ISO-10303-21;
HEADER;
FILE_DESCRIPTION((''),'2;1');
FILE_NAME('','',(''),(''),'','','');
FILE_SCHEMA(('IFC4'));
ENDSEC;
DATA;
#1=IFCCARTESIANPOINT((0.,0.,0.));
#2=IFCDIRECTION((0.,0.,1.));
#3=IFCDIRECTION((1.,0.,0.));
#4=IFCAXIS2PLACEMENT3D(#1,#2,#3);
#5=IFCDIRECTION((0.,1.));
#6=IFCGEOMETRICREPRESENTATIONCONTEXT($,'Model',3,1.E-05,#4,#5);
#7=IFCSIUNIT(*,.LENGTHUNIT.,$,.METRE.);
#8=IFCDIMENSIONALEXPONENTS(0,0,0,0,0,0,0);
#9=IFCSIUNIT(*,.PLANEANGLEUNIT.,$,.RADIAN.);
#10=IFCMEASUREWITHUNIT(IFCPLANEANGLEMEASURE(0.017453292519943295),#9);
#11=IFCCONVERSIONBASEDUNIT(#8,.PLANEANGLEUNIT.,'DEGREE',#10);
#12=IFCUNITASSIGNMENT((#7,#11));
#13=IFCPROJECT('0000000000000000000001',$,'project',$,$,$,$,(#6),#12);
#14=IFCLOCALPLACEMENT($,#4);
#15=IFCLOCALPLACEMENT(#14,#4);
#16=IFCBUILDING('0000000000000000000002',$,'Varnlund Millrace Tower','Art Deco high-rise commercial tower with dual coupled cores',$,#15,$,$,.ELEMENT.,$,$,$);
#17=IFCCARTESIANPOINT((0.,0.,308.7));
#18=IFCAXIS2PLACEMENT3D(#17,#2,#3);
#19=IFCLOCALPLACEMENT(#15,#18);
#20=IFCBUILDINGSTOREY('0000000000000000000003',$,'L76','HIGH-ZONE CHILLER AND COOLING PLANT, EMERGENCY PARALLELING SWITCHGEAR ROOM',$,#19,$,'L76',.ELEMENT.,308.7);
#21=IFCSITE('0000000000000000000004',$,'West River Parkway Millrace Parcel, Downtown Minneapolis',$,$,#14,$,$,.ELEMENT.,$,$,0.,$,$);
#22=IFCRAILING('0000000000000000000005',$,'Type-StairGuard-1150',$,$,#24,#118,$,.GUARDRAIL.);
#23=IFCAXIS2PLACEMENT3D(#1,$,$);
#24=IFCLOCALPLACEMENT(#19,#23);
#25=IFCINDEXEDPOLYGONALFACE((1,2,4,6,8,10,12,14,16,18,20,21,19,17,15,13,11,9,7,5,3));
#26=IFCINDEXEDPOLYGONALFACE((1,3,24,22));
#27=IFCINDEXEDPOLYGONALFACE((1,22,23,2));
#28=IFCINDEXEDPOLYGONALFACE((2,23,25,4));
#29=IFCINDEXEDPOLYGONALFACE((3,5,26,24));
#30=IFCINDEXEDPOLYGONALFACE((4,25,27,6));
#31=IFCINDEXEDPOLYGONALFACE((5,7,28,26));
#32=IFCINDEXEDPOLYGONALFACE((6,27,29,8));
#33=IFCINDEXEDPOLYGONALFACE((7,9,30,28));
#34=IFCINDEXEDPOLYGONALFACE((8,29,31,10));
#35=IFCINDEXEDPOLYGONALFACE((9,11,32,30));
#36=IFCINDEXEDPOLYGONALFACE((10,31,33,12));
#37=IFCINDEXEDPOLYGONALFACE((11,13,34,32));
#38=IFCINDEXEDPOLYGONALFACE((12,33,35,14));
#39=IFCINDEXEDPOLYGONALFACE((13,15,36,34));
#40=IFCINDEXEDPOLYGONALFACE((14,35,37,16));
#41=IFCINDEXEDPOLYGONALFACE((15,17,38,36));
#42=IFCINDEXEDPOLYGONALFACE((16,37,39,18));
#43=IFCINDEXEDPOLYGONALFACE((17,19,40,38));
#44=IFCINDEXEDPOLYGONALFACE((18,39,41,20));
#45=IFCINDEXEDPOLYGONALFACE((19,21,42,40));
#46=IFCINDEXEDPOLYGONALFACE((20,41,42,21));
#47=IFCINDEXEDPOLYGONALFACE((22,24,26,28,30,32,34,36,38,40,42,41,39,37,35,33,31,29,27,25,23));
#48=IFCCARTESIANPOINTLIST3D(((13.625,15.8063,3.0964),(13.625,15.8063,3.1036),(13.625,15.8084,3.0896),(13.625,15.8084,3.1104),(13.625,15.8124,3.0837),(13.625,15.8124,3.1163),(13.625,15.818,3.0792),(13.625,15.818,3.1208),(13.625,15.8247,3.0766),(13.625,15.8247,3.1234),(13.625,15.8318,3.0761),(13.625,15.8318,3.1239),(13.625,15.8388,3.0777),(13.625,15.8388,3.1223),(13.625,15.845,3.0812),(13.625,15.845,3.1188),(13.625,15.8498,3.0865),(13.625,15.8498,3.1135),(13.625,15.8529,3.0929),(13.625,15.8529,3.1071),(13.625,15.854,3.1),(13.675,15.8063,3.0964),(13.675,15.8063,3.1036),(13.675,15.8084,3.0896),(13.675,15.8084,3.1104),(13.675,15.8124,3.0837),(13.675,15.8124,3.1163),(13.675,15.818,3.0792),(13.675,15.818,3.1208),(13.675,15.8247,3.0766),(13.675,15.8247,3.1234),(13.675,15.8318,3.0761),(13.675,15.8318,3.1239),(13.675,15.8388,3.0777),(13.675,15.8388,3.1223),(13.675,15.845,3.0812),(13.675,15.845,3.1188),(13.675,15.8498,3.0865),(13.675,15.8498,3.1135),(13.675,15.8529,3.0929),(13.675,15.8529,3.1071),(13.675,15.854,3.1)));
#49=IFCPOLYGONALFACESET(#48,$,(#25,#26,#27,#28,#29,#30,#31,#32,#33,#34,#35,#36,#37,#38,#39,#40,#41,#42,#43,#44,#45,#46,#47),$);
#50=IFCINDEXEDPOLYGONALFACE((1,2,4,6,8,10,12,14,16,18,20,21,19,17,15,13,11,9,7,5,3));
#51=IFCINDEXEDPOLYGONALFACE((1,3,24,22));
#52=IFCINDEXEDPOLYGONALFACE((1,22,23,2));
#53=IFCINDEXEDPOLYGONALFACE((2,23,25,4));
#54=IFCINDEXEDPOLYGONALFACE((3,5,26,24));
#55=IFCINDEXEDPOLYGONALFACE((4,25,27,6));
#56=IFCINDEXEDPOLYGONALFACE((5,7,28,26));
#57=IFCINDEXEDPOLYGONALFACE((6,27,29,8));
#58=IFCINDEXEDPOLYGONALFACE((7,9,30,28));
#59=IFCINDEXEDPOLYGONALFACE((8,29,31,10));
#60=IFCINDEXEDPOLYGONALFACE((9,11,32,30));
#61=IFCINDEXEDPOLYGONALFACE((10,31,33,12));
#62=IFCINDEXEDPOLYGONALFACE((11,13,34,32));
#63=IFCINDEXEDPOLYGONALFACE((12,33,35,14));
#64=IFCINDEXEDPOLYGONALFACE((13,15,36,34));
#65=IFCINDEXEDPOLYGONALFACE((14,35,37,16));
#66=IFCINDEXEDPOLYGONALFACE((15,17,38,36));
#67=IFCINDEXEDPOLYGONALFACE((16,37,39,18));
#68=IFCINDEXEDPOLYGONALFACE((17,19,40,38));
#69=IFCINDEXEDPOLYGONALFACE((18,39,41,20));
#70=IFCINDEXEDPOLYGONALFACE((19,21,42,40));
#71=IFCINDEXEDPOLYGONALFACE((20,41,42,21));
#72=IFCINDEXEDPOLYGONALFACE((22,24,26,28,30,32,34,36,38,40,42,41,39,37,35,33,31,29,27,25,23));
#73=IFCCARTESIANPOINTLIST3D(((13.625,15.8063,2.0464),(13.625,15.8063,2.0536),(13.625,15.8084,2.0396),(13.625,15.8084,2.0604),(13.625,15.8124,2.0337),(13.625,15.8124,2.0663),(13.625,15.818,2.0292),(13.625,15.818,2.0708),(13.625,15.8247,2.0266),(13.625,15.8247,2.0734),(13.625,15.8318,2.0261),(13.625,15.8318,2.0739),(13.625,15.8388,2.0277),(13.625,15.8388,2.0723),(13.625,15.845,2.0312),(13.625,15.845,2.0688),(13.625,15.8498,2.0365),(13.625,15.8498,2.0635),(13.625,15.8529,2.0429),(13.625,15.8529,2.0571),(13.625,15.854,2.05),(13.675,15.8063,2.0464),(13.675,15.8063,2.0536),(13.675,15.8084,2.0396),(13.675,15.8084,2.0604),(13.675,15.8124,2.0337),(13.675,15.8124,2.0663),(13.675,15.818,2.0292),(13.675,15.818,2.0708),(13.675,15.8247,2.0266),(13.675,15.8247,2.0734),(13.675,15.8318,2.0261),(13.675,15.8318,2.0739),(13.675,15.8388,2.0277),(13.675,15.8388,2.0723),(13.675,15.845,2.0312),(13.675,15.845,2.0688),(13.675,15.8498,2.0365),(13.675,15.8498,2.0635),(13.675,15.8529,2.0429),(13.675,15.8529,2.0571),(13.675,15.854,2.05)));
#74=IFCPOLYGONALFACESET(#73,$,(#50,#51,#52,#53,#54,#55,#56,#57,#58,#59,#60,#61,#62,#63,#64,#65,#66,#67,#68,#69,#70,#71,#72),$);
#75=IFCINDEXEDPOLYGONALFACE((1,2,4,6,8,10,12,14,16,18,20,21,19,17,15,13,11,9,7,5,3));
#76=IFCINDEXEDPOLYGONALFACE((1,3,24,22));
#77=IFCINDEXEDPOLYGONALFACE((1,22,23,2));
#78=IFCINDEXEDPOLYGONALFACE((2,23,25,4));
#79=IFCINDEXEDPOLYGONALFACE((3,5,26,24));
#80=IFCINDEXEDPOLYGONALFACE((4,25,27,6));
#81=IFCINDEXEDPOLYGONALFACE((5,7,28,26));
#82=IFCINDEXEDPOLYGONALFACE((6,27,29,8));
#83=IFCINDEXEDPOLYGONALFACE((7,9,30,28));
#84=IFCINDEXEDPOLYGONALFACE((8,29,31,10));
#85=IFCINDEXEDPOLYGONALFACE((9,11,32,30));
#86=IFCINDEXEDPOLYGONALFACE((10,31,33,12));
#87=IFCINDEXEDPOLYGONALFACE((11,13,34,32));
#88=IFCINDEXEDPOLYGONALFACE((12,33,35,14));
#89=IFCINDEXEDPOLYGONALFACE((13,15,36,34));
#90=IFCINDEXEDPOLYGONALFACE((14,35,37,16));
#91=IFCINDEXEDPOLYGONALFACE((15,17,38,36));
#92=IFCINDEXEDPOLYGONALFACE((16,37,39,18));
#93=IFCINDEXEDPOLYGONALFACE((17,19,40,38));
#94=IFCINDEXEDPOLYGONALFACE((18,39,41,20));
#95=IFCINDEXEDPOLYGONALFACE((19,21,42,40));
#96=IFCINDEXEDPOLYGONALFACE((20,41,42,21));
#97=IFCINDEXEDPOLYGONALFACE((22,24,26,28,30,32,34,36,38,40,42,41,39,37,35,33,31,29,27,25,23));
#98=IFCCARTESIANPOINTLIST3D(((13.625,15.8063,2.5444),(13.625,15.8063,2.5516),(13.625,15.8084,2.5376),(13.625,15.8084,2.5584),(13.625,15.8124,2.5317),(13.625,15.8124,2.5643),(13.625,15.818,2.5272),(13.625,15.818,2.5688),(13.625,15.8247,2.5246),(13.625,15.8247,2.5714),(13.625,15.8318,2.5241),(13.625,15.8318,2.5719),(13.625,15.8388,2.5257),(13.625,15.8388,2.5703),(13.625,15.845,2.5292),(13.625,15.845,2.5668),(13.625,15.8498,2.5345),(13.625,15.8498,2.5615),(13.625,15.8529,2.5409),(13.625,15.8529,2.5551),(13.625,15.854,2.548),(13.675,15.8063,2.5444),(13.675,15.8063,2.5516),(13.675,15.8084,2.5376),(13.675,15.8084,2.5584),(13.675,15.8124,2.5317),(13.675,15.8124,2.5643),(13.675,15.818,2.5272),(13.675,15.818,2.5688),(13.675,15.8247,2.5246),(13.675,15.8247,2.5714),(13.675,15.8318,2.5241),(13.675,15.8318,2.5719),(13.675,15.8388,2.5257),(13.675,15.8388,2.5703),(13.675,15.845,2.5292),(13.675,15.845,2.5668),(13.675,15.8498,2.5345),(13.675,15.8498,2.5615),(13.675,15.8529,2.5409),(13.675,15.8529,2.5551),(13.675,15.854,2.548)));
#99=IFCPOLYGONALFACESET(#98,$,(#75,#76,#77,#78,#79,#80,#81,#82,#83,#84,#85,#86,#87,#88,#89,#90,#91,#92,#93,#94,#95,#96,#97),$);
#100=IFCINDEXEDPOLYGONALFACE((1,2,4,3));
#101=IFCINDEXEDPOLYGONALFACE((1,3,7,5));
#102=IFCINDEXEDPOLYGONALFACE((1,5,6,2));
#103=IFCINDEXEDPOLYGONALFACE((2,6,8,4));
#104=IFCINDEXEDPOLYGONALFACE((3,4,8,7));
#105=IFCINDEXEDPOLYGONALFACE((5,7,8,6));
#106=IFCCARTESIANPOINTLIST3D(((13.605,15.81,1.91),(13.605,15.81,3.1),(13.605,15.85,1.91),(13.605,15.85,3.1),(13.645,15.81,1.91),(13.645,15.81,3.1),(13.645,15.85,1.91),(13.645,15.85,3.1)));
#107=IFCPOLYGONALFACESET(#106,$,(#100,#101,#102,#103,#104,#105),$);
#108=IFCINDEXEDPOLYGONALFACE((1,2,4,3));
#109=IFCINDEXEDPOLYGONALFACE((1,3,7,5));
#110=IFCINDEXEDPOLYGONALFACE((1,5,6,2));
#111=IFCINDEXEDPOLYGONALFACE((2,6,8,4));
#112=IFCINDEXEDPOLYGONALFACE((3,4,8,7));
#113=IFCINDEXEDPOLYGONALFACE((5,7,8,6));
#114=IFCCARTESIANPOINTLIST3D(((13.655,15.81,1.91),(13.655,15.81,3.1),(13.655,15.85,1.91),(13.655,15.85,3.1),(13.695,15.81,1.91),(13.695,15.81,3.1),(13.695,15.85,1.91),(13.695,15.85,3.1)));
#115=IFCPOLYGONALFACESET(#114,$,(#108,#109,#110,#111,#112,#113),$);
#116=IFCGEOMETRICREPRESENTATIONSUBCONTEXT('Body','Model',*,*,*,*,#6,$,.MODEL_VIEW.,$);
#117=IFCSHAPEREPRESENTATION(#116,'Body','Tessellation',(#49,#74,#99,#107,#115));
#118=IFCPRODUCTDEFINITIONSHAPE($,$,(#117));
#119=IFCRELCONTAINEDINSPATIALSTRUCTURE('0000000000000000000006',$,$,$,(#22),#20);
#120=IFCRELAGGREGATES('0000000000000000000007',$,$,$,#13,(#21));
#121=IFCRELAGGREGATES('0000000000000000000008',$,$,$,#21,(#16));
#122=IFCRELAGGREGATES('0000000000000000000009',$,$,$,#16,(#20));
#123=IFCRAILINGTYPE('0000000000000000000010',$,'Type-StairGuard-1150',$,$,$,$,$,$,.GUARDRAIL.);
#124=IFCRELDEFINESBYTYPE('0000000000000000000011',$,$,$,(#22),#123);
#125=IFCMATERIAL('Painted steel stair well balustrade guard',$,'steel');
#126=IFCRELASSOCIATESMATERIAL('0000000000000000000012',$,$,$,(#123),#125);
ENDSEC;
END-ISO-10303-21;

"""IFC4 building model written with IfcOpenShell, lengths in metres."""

from ifc_helpers import new_model, entity, si_unit, converted_unit, direction, frame, origin_with_axes, origin_2d_with_axis, place, context, subcontext, project, spatial, rectangle, circle, extrude, material, type_object, element, save


model = new_model("IFC4")

# Units and contexts
model_context = context("Model", 3, precision=1e-05, world=origin_with_axes(), true_north=direction((0.0, 1.0)))
body_context = subcontext(model_context, "Body", "Model", "MODEL_VIEW")
ifc_project = project(units=[si_unit("LENGTHUNIT", "METRE"), converted_unit("PLANEANGLEUNIT", "DEGREE", entity("IfcPlaneAngleMeasure", 0.017453292519943295), si_unit("PLANEANGLEUNIT", "RADIAN"), dimensions=[0, 0, 0, 0, 0, 0, 0])], contexts=[model_context])

# Site, building, storey
site_placement = place(None, origin_with_axes())
site = spatial("IfcSite", under=ifc_project, at=site_placement, Name="West River Parkway Millrace Parcel, Downtown Minneapolis", CompositionType="ELEMENT", RefElevation=0.0)
building_placement = place(site_placement, origin_with_axes())
building = spatial("IfcBuilding", under=site, at=building_placement, Name="Varnlund Millrace Tower", Description="Art Deco high-rise commercial tower with dual coupled cores", CompositionType="ELEMENT")
storey_placement = place(building_placement, frame((0.0, 0.0, 308.7), z_axis=(0.0, 0.0, 1.0), x_axis=(1.0, 0.0, 0.0)))
storey = spatial("IfcBuildingStorey", under=building, at=storey_placement, Name="L76", Description="HIGH-ZONE CHILLER AND COOLING PLANT, EMERGENCY PARALLELING SWITCHGEAR ROOM", LongName="L76", CompositionType="ELEMENT", Elevation=308.7)

# Railing
ifc_material_1 = material(Name="Painted steel stair well balustrade guard", Category="steel")
railing_type_1 = type_object("IfcRailingType", Name="Type-StairGuard-1150", PredefinedType="GUARDRAIL", material=ifc_material_1)
railing_1_placement = place(storey_placement, frame((0.0, 0.0, -308.7), z_axis=(0.0, 0.0, 1.0), x_axis=(1.0, 0.0, 0.0)))
element("IfcRailing", 1, at=railing_1_placement, inside=storey, type_object=railing_type_1, Name="Type-StairGuard-1150", PredefinedType="GUARDRAIL", context=body_context, shape_type="SweptSolid", body=[
    extrude(circle(Radius=0.024, at=origin_2d_with_axis()), frame((13.625, 15.83, 311.8), z_axis=(1.0, 0.0, 0.0), x_axis=(0.0, 1.0, 0.0)), (0.0, 0.0, 1.0), 0.05),
    extrude(circle(Radius=0.024, at=origin_2d_with_axis()), frame((13.625, 15.83, 310.75), z_axis=(1.0, 0.0, 0.0), x_axis=(0.0, 1.0, 0.0)), (0.0, 0.0, 1.0), 0.05),
    extrude(circle(Radius=0.024, at=origin_2d_with_axis()), frame((13.625, 15.83, 311.248), z_axis=(1.0, 0.0, 0.0), x_axis=(0.0, 1.0, 0.0)), (0.0, 0.0, 1.0), 0.05),
    extrude(rectangle(XDim=0.04, YDim=0.04, at=origin_2d_with_axis()), frame((13.625, 15.83, 310.61), z_axis=(0.0, 0.0, 1.0), x_axis=(1.0, 0.0, 0.0)), (0.0, 0.0, 1.0), 1.19),
    extrude(rectangle(XDim=0.04, YDim=0.04, at=origin_2d_with_axis()), frame((13.675, 15.83, 310.61), z_axis=(0.0, 0.0, 1.0), x_axis=(1.0, 0.0, 0.0)), (0.0, 0.0, 1.0), 1.19),
])

save(model, "model.ifc")
